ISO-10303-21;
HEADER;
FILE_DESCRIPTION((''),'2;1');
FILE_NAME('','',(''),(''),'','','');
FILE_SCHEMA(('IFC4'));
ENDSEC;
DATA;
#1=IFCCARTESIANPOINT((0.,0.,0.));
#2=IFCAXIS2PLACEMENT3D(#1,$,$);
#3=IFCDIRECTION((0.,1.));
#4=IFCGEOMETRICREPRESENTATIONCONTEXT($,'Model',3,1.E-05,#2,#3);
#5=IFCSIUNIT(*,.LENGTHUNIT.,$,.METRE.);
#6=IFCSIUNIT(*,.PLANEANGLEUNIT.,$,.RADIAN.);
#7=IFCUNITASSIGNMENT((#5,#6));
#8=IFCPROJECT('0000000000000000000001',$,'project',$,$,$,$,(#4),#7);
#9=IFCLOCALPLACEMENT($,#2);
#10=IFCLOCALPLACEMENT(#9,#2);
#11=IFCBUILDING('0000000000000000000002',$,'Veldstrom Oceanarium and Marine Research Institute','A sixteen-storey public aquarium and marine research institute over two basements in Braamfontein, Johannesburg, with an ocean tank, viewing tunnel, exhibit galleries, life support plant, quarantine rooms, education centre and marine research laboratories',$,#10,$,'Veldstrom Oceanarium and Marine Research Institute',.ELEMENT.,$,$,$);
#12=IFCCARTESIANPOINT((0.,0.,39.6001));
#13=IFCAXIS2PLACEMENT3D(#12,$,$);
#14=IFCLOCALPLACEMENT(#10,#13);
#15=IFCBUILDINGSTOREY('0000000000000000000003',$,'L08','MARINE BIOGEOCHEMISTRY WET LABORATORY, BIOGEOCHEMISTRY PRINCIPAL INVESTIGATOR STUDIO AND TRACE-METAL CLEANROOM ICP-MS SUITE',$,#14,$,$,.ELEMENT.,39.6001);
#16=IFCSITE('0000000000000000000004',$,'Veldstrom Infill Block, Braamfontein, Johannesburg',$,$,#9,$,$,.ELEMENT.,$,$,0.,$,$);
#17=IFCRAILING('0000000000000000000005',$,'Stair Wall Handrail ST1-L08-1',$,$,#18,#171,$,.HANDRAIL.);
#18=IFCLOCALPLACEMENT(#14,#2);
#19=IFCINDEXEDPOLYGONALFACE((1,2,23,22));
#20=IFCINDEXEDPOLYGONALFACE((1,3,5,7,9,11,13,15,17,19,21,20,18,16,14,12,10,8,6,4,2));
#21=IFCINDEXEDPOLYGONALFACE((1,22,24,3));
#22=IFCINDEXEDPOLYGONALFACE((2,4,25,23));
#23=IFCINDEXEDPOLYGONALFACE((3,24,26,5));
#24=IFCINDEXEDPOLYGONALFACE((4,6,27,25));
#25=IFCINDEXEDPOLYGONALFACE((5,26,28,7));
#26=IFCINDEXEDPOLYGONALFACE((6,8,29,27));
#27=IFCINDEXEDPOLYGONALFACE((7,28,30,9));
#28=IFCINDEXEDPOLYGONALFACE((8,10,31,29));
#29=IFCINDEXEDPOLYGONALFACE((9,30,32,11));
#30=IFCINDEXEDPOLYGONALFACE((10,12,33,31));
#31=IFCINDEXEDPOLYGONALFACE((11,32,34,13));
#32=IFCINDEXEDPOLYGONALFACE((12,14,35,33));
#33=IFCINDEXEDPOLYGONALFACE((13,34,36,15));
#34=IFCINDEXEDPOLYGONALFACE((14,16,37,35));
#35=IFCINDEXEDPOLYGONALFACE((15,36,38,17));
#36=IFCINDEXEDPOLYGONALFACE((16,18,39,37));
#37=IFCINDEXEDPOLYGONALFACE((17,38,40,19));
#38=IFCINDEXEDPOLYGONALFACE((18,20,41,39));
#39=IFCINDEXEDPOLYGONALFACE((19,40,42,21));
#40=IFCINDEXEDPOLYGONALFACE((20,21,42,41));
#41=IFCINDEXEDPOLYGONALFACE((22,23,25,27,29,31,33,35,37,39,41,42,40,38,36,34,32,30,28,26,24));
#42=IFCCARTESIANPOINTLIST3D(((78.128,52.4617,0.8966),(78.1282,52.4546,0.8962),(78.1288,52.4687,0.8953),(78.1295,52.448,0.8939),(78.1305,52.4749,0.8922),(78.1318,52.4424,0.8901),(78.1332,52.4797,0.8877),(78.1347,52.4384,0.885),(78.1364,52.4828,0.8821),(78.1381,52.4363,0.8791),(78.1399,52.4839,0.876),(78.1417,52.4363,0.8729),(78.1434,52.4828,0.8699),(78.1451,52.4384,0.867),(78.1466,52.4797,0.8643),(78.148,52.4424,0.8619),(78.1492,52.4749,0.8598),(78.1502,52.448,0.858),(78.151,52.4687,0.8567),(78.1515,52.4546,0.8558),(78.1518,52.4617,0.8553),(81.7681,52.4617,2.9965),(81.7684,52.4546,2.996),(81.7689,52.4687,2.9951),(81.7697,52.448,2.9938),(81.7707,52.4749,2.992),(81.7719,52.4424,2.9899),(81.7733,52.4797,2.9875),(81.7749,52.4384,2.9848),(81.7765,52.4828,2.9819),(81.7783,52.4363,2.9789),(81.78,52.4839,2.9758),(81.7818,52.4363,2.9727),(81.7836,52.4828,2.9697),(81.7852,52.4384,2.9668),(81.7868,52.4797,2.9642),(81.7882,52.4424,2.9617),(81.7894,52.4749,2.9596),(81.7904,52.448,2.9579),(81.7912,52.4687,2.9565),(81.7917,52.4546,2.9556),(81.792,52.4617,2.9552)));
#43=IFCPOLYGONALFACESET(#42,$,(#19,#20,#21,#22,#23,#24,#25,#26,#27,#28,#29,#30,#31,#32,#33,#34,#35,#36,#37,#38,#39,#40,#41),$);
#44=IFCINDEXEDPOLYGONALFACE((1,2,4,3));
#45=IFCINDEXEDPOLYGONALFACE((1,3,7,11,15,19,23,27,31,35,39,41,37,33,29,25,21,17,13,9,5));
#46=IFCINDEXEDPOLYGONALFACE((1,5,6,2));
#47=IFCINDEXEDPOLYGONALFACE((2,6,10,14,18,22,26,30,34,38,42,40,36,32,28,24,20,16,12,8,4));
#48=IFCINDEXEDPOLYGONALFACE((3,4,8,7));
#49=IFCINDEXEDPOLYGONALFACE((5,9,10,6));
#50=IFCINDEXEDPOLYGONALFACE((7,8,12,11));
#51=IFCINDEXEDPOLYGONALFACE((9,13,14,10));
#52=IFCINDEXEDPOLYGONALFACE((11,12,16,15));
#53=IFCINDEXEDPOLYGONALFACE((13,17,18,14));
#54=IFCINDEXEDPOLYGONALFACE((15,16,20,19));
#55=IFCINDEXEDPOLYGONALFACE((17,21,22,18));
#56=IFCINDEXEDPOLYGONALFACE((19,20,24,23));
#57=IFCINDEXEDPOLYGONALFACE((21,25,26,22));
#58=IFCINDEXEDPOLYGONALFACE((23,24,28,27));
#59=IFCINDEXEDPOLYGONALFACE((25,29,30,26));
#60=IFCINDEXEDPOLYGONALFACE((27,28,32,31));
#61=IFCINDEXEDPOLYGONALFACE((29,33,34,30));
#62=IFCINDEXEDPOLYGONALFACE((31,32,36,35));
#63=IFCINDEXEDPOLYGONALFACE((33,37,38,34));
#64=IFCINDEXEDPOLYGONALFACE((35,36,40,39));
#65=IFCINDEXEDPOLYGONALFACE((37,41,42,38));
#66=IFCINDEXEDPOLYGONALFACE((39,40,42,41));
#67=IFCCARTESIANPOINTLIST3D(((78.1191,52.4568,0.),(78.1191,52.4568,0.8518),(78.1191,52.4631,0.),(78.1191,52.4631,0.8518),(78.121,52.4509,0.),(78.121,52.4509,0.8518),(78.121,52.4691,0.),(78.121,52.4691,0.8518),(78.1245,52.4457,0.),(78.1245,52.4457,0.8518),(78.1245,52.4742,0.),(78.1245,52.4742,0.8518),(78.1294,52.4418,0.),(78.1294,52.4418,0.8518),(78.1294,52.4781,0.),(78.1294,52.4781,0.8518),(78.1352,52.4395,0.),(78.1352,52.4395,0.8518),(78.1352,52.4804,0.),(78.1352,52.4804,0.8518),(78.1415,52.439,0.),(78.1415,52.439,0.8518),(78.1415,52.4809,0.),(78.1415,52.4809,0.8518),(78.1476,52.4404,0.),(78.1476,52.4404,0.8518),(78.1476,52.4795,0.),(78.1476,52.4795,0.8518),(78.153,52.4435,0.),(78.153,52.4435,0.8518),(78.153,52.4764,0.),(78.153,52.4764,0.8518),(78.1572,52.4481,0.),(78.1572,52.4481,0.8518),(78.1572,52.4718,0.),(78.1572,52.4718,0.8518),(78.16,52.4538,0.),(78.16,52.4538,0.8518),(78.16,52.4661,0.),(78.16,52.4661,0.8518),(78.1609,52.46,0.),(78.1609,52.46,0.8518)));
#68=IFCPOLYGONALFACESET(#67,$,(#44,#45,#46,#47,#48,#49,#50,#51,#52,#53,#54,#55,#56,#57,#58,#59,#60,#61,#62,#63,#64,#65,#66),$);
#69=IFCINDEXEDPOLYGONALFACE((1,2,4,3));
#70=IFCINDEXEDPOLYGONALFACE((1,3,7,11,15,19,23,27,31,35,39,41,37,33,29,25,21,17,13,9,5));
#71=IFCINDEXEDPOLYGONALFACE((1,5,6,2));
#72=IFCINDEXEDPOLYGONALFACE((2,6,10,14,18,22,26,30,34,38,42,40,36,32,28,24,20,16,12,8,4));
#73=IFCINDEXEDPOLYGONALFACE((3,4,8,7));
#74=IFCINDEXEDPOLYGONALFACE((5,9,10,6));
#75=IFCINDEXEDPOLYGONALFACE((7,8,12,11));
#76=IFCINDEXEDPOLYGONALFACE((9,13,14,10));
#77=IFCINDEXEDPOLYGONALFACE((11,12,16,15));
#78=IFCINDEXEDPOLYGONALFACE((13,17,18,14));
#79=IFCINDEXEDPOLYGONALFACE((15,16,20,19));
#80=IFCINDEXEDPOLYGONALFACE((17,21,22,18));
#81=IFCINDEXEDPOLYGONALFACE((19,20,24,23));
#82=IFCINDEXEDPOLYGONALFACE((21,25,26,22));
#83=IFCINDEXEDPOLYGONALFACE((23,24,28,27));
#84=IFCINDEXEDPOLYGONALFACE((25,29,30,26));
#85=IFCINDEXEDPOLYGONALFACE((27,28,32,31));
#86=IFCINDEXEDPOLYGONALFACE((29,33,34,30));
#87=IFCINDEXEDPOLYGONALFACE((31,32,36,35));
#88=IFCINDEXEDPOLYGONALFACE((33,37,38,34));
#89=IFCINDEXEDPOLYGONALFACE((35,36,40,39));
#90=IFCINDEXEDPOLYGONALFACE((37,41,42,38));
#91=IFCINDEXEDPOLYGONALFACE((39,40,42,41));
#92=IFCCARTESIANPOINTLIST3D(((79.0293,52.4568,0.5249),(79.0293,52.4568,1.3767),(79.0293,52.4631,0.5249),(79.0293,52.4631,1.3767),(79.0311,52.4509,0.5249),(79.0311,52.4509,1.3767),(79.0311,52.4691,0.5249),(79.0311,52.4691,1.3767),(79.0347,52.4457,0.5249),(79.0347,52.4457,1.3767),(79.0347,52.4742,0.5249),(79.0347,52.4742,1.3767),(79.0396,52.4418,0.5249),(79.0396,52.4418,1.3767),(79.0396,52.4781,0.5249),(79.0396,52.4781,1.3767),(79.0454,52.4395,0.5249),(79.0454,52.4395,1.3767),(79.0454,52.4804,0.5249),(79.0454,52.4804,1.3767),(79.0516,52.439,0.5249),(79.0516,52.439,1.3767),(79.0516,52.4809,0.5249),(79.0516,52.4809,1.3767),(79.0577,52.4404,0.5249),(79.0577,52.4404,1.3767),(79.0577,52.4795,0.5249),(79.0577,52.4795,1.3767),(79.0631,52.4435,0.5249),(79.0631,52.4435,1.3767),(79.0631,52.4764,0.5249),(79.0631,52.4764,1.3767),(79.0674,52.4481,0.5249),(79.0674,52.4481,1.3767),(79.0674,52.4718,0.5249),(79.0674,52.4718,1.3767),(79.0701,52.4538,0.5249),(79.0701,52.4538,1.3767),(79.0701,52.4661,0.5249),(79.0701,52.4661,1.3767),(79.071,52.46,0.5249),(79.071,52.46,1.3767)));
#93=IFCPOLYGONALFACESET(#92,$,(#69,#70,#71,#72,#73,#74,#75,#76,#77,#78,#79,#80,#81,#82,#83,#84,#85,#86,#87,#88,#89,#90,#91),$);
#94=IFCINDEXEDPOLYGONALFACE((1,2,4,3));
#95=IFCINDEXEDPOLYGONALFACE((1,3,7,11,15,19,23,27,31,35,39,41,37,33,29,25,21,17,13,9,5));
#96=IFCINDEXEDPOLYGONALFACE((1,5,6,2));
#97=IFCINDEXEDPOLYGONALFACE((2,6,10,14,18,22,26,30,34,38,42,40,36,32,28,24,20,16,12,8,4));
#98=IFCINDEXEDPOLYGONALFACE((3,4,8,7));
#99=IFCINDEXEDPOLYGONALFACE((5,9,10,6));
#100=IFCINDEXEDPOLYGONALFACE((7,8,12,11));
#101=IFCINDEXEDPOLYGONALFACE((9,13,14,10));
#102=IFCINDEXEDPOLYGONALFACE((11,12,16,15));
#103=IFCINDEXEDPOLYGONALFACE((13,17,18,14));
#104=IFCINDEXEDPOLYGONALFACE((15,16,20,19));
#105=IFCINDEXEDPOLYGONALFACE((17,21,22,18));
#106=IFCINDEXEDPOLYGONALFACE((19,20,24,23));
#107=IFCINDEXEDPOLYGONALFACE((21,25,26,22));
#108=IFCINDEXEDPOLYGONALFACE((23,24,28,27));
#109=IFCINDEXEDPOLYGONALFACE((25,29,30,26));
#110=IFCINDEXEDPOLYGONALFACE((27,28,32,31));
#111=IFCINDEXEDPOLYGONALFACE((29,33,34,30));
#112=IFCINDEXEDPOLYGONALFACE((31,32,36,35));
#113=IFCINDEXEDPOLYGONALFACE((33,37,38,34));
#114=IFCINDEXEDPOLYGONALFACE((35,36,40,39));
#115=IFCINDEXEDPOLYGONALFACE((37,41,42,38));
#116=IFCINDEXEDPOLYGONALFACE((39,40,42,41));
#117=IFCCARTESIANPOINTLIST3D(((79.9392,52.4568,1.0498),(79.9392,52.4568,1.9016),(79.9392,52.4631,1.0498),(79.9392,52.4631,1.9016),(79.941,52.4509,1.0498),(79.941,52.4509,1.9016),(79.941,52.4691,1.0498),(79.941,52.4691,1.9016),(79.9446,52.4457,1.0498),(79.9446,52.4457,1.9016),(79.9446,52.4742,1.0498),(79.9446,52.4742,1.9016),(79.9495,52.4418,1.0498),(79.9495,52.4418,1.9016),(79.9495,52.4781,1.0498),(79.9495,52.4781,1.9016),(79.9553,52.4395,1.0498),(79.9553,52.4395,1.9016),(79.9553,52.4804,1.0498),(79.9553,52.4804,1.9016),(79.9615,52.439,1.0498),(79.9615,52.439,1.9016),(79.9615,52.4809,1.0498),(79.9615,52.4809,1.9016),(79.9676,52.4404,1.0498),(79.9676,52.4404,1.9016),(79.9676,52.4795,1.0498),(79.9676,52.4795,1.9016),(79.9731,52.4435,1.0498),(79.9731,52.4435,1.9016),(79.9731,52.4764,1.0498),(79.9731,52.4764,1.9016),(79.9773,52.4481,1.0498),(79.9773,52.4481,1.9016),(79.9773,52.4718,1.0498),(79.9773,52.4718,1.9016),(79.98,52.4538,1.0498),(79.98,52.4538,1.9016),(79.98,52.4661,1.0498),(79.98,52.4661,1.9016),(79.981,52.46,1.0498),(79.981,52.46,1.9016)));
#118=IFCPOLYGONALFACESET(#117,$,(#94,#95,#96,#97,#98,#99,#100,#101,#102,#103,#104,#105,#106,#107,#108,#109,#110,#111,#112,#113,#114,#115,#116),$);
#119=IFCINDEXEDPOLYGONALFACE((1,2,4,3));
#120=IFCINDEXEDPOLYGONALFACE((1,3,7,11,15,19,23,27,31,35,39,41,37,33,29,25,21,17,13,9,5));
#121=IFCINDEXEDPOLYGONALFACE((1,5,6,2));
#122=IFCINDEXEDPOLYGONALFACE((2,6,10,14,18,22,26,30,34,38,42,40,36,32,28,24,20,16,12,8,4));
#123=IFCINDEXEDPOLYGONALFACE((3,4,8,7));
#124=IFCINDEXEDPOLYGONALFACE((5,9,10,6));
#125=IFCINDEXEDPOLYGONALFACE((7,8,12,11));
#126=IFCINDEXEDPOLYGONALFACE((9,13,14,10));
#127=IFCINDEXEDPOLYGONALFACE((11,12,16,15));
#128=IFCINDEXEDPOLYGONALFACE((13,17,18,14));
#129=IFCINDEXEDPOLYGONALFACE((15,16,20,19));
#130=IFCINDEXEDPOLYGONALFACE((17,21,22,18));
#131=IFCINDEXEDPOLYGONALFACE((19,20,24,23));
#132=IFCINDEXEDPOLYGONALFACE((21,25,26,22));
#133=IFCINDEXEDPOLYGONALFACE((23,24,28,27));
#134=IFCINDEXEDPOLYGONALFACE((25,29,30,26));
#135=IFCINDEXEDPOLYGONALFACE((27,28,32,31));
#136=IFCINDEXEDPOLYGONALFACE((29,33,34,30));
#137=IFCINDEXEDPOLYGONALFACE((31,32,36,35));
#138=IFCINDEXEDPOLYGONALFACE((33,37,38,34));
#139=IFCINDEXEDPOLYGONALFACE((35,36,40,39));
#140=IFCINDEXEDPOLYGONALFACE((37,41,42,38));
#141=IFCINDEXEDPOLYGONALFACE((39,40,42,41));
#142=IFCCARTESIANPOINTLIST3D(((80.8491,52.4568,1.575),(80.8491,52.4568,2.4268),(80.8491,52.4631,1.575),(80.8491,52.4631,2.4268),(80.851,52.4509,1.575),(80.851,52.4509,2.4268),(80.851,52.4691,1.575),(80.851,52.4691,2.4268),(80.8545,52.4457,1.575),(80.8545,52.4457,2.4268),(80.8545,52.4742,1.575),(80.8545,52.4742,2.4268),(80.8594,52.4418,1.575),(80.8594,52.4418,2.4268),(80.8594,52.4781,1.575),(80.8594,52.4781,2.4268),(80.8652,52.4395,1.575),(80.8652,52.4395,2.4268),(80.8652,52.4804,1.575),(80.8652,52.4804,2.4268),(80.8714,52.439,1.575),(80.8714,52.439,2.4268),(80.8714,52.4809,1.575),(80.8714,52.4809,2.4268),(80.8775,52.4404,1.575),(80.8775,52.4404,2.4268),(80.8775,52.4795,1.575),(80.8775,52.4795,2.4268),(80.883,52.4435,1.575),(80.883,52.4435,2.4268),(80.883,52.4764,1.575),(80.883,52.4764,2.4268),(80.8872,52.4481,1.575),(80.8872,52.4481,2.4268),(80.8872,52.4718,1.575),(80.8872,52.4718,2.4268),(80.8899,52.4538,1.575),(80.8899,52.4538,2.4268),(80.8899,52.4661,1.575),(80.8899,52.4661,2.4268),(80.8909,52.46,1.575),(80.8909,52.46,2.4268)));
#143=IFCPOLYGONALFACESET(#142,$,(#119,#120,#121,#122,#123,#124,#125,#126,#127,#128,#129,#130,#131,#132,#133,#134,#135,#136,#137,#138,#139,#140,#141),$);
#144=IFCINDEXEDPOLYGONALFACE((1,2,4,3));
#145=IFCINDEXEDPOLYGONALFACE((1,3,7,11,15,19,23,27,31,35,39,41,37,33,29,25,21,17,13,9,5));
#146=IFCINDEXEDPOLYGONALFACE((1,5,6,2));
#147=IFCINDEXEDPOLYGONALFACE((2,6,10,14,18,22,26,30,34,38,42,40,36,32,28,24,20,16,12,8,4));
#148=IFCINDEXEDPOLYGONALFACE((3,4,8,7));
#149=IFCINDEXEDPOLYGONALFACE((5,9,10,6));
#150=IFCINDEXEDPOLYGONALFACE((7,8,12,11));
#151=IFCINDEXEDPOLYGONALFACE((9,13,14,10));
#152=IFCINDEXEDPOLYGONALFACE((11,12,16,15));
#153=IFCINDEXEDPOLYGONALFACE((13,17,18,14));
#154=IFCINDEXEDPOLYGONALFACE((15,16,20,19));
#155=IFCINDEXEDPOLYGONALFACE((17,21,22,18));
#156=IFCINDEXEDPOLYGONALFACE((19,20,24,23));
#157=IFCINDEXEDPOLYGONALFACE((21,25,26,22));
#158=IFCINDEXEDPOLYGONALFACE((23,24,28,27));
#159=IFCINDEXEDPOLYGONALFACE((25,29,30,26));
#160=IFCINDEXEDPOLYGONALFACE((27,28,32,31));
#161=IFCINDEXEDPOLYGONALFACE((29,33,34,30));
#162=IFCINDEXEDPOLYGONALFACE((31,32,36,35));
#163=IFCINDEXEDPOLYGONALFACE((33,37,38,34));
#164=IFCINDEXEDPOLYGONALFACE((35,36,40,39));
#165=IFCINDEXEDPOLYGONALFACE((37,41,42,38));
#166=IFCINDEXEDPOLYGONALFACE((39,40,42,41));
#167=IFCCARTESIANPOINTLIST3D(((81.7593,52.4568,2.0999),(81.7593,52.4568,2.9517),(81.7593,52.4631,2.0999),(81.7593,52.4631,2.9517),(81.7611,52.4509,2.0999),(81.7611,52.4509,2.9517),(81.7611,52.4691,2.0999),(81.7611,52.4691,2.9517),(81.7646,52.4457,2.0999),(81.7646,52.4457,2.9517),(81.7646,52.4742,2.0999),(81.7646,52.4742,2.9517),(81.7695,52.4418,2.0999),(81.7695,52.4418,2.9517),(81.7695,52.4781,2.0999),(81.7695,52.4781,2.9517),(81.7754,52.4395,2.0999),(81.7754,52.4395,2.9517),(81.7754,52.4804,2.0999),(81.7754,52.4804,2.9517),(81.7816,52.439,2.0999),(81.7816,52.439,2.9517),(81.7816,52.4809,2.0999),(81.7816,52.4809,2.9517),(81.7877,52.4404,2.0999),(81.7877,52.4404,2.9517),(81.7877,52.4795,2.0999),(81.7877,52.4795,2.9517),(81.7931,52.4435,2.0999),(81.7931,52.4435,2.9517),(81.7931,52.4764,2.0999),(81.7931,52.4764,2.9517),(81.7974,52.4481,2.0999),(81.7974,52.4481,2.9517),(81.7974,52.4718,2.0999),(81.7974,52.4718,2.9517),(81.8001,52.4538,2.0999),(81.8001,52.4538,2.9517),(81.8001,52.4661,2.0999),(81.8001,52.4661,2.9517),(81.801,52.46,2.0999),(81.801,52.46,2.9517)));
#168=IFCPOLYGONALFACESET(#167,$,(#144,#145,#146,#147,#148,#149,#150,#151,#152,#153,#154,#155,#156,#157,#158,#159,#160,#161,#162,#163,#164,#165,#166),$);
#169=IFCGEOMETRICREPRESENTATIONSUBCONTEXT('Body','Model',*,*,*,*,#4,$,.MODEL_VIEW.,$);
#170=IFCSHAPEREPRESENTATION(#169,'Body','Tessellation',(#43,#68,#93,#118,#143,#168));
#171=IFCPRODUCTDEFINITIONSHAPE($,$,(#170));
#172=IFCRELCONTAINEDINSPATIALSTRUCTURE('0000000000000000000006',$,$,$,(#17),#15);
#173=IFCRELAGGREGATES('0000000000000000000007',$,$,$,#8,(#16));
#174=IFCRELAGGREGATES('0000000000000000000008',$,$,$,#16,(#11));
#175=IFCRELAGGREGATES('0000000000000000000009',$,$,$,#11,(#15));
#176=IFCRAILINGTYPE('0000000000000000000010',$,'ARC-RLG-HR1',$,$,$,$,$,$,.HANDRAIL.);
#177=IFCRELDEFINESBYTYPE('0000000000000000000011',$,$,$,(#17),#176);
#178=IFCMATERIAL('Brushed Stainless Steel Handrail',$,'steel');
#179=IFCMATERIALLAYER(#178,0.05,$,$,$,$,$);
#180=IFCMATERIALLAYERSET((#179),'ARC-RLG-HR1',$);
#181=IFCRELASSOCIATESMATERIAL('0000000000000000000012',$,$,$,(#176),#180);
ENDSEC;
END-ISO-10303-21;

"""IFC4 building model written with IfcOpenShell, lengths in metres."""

from ifc_helpers import new_model, si_unit, direction, frame, origin, origin_2d, place, context, subcontext, project, spatial, circle, extrude, material, layer, layer_set, type_object, element, save


model = new_model("IFC4")

# Units and contexts
model_context = context("Model", 3, precision=1e-05, world=origin(), true_north=direction((0.0, 1.0)))
body_context = subcontext(model_context, "Body", "Model", "MODEL_VIEW")
ifc_project = project(units=[si_unit("LENGTHUNIT", "METRE"), si_unit("PLANEANGLEUNIT", "RADIAN")], contexts=[model_context])

# Site, building, storey
site_placement = place(None, origin())
site = spatial("IfcSite", under=ifc_project, at=site_placement, Name="Veldstrom Infill Block, Braamfontein, Johannesburg", CompositionType="ELEMENT", RefElevation=0.0)
building_placement = place(site_placement, origin())
building = spatial("IfcBuilding", under=site, at=building_placement, Name="Veldstrom Oceanarium and Marine Research Institute", Description="A sixteen-storey public aquarium and marine research institute over two basements in Braamfontein, Johannesburg, with an ocean tank, viewing tunnel, exhibit galleries, life support plant, quarantine rooms, education centre and marine research laboratories", LongName="Veldstrom Oceanarium and Marine Research Institute", CompositionType="ELEMENT")
storey_placement = place(building_placement, frame((0.0, 0.0, 39.6001)))
storey = spatial("IfcBuildingStorey", under=building, at=storey_placement, Name="L08", Description="MARINE BIOGEOCHEMISTRY WET LABORATORY, BIOGEOCHEMISTRY PRINCIPAL INVESTIGATOR STUDIO AND TRACE-METAL CLEANROOM ICP-MS SUITE", CompositionType="ELEMENT", Elevation=39.6001)

# Railing
ifc_material_1 = material(Name="Brushed Stainless Steel Handrail", Category="steel")
ifc_layer_1 = layer(ifc_material_1, 0.05)
ifc_layer_set_1 = layer_set([ifc_layer_1], Name="ARC-RLG-HR1")
railing_type_1 = type_object("IfcRailingType", Name="ARC-RLG-HR1", PredefinedType="HANDRAIL", material=ifc_layer_set_1)
railing_1_placement = place(storey_placement, frame((78.1399, 52.46, 0.0)))
element("IfcRailing", 1, at=railing_1_placement, inside=storey, type_object=railing_type_1, Name="Stair Wall Handrail ST1-L08-1", PredefinedType="HANDRAIL", context=body_context, shape_type="SweptSolid", body=[
    extrude(circle(Radius=0.0239, at=origin_2d()), frame((0.0, 0.0, 0.876), z_axis=(0.866209, 0.0, 0.499682), x_axis=(0.0, 1.0, 0.0)), (0.0, 0.0, 1.0), 4.2024),
    extrude(circle(Radius=0.021, at=origin_2d()), origin(), (0.0, 0.0, 1.0), 0.8518),
    extrude(circle(Radius=0.021, at=origin_2d()), frame((0.9102, 0.0, 0.5249)), (0.0, 0.0, 1.0), 0.8518),
    extrude(circle(Radius=0.021, at=origin_2d()), frame((1.8201, 0.0, 1.0498)), (0.0, 0.0, 1.0), 0.8518),
    extrude(circle(Radius=0.021, at=origin_2d()), frame((2.73, 0.0, 1.575)), (0.0, 0.0, 1.0), 0.8518),
    extrude(circle(Radius=0.021, at=origin_2d()), frame((3.6401, 0.0, 2.0999)), (0.0, 0.0, 1.0), 0.8518),
])

save(model, "model.ifc")
